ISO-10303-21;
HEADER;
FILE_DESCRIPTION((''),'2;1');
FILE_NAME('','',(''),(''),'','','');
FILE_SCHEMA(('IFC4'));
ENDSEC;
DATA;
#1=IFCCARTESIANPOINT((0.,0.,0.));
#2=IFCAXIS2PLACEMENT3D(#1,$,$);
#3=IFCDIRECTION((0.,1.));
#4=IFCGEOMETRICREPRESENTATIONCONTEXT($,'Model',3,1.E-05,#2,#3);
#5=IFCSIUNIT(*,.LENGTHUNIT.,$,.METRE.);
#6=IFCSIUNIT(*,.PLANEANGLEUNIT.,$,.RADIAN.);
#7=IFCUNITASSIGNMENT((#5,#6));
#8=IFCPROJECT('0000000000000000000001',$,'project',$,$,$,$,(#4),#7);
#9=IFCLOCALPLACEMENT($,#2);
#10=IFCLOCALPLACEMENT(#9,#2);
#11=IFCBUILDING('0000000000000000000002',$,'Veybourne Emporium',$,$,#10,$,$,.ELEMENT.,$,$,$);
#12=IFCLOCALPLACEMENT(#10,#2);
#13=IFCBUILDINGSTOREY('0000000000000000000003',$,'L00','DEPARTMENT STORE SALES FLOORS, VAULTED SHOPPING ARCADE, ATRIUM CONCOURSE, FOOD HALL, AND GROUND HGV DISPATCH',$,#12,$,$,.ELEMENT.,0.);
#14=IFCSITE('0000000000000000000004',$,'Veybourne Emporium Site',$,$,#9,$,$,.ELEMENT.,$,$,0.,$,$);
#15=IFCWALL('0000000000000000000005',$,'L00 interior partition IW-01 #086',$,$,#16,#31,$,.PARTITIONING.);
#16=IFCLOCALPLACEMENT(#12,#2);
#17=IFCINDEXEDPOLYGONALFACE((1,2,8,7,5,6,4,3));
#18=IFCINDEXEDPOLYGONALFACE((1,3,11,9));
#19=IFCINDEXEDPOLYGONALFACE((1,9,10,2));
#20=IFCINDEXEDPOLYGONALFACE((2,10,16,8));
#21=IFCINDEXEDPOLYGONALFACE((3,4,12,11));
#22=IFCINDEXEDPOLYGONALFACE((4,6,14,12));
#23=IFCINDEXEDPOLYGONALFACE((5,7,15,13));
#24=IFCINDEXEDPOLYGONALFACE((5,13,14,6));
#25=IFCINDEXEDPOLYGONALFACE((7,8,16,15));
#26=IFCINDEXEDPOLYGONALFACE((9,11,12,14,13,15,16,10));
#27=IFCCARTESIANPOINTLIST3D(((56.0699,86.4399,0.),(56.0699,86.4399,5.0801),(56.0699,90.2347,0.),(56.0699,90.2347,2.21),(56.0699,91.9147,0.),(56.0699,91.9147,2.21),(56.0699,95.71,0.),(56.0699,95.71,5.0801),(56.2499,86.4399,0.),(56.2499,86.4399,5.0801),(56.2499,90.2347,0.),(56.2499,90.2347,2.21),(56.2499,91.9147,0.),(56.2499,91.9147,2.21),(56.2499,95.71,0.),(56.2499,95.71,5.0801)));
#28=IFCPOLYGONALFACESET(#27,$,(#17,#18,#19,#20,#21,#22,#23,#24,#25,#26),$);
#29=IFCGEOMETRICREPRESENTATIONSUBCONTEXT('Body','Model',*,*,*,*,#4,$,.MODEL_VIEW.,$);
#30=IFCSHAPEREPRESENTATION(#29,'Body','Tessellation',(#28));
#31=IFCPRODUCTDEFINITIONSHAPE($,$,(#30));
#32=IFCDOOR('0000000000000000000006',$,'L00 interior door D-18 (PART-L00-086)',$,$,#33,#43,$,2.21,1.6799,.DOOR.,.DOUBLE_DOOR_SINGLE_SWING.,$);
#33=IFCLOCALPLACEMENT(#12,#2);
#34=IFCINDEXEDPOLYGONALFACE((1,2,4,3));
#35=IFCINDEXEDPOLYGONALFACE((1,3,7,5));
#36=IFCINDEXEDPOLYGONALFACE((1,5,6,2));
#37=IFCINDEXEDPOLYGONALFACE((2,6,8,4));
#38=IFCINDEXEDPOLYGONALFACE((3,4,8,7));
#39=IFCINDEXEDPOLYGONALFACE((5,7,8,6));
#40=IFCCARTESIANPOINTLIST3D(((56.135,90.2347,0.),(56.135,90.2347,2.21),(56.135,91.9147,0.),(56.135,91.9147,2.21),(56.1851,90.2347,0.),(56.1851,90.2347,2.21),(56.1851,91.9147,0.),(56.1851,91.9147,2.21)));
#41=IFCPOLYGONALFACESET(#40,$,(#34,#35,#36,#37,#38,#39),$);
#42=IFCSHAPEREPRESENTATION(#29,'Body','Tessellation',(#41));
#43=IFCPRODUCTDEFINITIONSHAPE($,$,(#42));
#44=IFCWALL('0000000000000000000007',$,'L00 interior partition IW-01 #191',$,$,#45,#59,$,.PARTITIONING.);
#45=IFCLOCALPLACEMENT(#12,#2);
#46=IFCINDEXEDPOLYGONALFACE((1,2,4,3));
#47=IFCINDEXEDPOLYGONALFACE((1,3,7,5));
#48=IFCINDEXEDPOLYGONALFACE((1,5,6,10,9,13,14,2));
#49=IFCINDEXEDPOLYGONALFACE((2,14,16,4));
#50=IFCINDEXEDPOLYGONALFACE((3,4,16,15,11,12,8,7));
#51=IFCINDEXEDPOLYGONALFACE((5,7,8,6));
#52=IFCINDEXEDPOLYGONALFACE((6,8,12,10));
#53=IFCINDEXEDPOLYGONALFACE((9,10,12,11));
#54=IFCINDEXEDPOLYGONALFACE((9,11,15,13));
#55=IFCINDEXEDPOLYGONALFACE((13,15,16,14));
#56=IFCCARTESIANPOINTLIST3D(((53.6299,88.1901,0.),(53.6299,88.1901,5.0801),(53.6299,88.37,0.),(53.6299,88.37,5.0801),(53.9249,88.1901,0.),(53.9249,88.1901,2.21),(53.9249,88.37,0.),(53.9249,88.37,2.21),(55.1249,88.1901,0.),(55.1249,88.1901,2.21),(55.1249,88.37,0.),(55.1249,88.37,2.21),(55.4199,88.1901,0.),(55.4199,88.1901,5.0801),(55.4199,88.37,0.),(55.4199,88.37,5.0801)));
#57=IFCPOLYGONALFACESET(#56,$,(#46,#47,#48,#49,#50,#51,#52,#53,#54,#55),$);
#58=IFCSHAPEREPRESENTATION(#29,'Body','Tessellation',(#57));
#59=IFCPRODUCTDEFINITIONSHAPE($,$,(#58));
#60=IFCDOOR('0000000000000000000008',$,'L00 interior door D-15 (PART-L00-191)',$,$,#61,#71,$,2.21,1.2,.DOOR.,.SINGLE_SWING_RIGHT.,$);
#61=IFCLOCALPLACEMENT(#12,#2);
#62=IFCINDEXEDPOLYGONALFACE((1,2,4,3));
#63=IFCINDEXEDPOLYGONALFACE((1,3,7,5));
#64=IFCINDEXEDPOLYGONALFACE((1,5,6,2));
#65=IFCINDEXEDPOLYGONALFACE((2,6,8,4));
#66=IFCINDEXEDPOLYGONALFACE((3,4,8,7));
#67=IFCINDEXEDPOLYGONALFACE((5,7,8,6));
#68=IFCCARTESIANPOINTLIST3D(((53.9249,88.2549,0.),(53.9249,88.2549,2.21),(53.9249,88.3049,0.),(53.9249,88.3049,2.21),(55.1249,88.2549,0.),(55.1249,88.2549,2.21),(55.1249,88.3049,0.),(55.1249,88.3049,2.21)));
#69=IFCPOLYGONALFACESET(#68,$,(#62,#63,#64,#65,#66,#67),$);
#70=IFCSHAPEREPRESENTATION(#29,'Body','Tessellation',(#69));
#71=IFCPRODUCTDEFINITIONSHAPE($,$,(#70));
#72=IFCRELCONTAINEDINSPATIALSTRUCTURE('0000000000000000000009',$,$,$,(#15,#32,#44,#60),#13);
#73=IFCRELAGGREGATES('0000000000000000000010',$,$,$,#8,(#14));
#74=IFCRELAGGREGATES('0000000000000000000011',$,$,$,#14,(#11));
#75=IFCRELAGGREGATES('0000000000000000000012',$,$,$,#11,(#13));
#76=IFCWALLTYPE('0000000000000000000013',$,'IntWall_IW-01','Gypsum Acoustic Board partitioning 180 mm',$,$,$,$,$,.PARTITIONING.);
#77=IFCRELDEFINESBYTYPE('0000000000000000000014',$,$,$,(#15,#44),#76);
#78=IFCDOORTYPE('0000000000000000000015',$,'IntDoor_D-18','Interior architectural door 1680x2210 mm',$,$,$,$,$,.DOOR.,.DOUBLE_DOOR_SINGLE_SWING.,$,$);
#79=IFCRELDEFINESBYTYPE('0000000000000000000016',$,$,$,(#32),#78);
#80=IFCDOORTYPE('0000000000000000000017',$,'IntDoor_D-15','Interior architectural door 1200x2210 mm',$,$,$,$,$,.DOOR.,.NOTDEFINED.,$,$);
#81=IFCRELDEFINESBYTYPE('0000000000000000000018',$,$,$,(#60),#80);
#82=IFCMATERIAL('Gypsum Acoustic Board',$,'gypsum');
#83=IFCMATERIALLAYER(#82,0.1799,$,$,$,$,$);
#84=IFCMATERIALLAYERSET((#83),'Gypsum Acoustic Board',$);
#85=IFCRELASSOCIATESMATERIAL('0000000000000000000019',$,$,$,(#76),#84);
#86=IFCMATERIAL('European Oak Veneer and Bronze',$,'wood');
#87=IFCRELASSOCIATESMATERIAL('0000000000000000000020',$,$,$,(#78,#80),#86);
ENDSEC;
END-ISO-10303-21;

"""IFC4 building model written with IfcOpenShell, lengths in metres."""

from ifc_helpers import new_model, si_unit, direction, frame, frame_2d, origin, place, context, subcontext, project, spatial, rectangle, extrude, material, layer, layer_set, type_object, element, fill, save


model = new_model("IFC4")

# Units and contexts
model_context = context("Model", 3, precision=1e-05, world=origin(), true_north=direction((0.0, 1.0)))
body_context = subcontext(model_context, "Body", "Model", "MODEL_VIEW")
ifc_project = project(units=[si_unit("LENGTHUNIT", "METRE"), si_unit("PLANEANGLEUNIT", "RADIAN")], contexts=[model_context])

# Site, building, storey
site_placement = place(None, origin())
site = spatial("IfcSite", under=ifc_project, at=site_placement, Name="Veybourne Emporium Site", CompositionType="ELEMENT", RefElevation=0.0)
building_placement = place(site_placement, origin())
building = spatial("IfcBuilding", under=site, at=building_placement, Name="Veybourne Emporium", CompositionType="ELEMENT")
storey_placement = place(building_placement, origin())
storey = spatial("IfcBuildingStorey", under=building, at=storey_placement, Name="L00", Description="DEPARTMENT STORE SALES FLOORS, VAULTED SHOPPING ARCADE, ATRIUM CONCOURSE, FOOD HALL, AND GROUND HGV DISPATCH", CompositionType="ELEMENT", Elevation=0.0)

# Walls, openings, doors
ifc_material_1 = material(Name="Gypsum Acoustic Board", Category="gypsum")
ifc_layer = layer(ifc_material_1, 0.1799)
ifc_layer_set = layer_set([ifc_layer], Name="Gypsum Acoustic Board")
wall_type = type_object("IfcWallType", Name="IntWall_IW-01", Description="Gypsum Acoustic Board partitioning 180 mm", PredefinedType="PARTITIONING", material=ifc_layer_set)
wall_1_placement = place(storey_placement, frame((56.1599, 86.4399, 0.0), z_axis=(0.0, 0.0, 1.0), x_axis=(0.0, 1.0, 0.0)))
wall_1 = element("IfcWall", 1, at=wall_1_placement, inside=storey, type_object=wall_type, Name="L00 interior partition IW-01 #086", PredefinedType="PARTITIONING", context=body_context, shape_type="SweptSolid", body=[
    extrude(rectangle(XDim=9.27, YDim=0.1799, at=frame_2d((4.635, 0.0))), origin(), (0.0, 0.0, 1.0), 5.0801),
])
opening_1_placement = place(wall_1_placement, frame((3.7949, 0.0, 0.0)))
opening_1 = element("IfcOpeningElement", 2, at=opening_1_placement, cuts=wall_1, PredefinedType="OPENING", context=body_context, shape_type="SweptSolid", body=[
    extrude(rectangle(XDim=1.6799, YDim=2.21, at=frame_2d((0.8398, 1.105))), frame((0.0, 0.1099, 0.0), z_axis=(0.0, -1.0, 0.0), x_axis=(1.0, 0.0, 0.0)), (0.0, 0.0, 1.0), 0.22),
])
ifc_material_2 = material(Name="European Oak Veneer and Bronze", Category="wood")
door_type_1 = type_object("IfcDoorType", Name="IntDoor_D-18", Description="Interior architectural door 1680x2210 mm", OperationType="DOUBLE_DOOR_SINGLE_SWING", PredefinedType="DOOR", material=ifc_material_2)
door_1_placement = place(opening_1_placement, origin())
door_1 = element("IfcDoor", 3, at=door_1_placement, inside=storey, type_object=door_type_1, Name="L00 interior door D-18 (PART-L00-086)", OperationType="DOUBLE_DOOR_SINGLE_SWING", OverallHeight=2.21, OverallWidth=1.6799, PredefinedType="DOOR", context=body_context, shape_type="SweptSolid", body=[
    extrude(rectangle(XDim=1.6799, YDim=2.21, at=frame_2d((0.8398, 1.105))), frame((0.0, 0.0249, 0.0), z_axis=(0.0, -1.0, 0.0), x_axis=(1.0, 0.0, 0.0)), (0.0, 0.0, 1.0), 0.05),
])
fill(opening_1, door_1)
wall_2_placement = place(storey_placement, frame((53.6299, 88.28, 0.0), z_axis=(0.0, 0.0, 1.0), x_axis=(1.0, 0.0, 0.0)))
wall_2 = element("IfcWall", 4, at=wall_2_placement, inside=storey, type_object=wall_type, Name="L00 interior partition IW-01 #191", PredefinedType="PARTITIONING", context=body_context, shape_type="SweptSolid", body=[
    extrude(rectangle(XDim=1.79, YDim=0.1799, at=frame_2d((0.895, 0.0))), origin(), (0.0, 0.0, 1.0), 5.0801),
])
opening_2_placement = place(wall_2_placement, frame((0.2949, 0.0, 0.0)))
opening_2 = element("IfcOpeningElement", 5, at=opening_2_placement, cuts=wall_2, PredefinedType="OPENING", context=body_context, shape_type="SweptSolid", body=[
    extrude(rectangle(XDim=1.2, YDim=2.21, at=frame_2d((0.6001, 1.105))), frame((0.0, 0.1099, 0.0), z_axis=(0.0, -1.0, 0.0), x_axis=(1.0, 0.0, 0.0)), (0.0, 0.0, 1.0), 0.22),
])
door_type_2 = type_object("IfcDoorType", Name="IntDoor_D-15", Description="Interior architectural door 1200x2210 mm", OperationType="NOTDEFINED", PredefinedType="DOOR", material=ifc_material_2)
door_2_placement = place(opening_2_placement, origin())
door_2 = element("IfcDoor", 6, at=door_2_placement, inside=storey, type_object=door_type_2, Name="L00 interior door D-15 (PART-L00-191)", OperationType="SINGLE_SWING_RIGHT", OverallHeight=2.21, OverallWidth=1.2, PredefinedType="DOOR", context=body_context, shape_type="SweptSolid", body=[
    extrude(rectangle(XDim=1.2, YDim=2.21, at=frame_2d((0.6001, 1.105))), frame((0.0, 0.0249, 0.0), z_axis=(0.0, -1.0, 0.0), x_axis=(1.0, 0.0, 0.0)), (0.0, 0.0, 1.0), 0.05),
])
fill(opening_2, door_2)

save(model, "model.ifc")
